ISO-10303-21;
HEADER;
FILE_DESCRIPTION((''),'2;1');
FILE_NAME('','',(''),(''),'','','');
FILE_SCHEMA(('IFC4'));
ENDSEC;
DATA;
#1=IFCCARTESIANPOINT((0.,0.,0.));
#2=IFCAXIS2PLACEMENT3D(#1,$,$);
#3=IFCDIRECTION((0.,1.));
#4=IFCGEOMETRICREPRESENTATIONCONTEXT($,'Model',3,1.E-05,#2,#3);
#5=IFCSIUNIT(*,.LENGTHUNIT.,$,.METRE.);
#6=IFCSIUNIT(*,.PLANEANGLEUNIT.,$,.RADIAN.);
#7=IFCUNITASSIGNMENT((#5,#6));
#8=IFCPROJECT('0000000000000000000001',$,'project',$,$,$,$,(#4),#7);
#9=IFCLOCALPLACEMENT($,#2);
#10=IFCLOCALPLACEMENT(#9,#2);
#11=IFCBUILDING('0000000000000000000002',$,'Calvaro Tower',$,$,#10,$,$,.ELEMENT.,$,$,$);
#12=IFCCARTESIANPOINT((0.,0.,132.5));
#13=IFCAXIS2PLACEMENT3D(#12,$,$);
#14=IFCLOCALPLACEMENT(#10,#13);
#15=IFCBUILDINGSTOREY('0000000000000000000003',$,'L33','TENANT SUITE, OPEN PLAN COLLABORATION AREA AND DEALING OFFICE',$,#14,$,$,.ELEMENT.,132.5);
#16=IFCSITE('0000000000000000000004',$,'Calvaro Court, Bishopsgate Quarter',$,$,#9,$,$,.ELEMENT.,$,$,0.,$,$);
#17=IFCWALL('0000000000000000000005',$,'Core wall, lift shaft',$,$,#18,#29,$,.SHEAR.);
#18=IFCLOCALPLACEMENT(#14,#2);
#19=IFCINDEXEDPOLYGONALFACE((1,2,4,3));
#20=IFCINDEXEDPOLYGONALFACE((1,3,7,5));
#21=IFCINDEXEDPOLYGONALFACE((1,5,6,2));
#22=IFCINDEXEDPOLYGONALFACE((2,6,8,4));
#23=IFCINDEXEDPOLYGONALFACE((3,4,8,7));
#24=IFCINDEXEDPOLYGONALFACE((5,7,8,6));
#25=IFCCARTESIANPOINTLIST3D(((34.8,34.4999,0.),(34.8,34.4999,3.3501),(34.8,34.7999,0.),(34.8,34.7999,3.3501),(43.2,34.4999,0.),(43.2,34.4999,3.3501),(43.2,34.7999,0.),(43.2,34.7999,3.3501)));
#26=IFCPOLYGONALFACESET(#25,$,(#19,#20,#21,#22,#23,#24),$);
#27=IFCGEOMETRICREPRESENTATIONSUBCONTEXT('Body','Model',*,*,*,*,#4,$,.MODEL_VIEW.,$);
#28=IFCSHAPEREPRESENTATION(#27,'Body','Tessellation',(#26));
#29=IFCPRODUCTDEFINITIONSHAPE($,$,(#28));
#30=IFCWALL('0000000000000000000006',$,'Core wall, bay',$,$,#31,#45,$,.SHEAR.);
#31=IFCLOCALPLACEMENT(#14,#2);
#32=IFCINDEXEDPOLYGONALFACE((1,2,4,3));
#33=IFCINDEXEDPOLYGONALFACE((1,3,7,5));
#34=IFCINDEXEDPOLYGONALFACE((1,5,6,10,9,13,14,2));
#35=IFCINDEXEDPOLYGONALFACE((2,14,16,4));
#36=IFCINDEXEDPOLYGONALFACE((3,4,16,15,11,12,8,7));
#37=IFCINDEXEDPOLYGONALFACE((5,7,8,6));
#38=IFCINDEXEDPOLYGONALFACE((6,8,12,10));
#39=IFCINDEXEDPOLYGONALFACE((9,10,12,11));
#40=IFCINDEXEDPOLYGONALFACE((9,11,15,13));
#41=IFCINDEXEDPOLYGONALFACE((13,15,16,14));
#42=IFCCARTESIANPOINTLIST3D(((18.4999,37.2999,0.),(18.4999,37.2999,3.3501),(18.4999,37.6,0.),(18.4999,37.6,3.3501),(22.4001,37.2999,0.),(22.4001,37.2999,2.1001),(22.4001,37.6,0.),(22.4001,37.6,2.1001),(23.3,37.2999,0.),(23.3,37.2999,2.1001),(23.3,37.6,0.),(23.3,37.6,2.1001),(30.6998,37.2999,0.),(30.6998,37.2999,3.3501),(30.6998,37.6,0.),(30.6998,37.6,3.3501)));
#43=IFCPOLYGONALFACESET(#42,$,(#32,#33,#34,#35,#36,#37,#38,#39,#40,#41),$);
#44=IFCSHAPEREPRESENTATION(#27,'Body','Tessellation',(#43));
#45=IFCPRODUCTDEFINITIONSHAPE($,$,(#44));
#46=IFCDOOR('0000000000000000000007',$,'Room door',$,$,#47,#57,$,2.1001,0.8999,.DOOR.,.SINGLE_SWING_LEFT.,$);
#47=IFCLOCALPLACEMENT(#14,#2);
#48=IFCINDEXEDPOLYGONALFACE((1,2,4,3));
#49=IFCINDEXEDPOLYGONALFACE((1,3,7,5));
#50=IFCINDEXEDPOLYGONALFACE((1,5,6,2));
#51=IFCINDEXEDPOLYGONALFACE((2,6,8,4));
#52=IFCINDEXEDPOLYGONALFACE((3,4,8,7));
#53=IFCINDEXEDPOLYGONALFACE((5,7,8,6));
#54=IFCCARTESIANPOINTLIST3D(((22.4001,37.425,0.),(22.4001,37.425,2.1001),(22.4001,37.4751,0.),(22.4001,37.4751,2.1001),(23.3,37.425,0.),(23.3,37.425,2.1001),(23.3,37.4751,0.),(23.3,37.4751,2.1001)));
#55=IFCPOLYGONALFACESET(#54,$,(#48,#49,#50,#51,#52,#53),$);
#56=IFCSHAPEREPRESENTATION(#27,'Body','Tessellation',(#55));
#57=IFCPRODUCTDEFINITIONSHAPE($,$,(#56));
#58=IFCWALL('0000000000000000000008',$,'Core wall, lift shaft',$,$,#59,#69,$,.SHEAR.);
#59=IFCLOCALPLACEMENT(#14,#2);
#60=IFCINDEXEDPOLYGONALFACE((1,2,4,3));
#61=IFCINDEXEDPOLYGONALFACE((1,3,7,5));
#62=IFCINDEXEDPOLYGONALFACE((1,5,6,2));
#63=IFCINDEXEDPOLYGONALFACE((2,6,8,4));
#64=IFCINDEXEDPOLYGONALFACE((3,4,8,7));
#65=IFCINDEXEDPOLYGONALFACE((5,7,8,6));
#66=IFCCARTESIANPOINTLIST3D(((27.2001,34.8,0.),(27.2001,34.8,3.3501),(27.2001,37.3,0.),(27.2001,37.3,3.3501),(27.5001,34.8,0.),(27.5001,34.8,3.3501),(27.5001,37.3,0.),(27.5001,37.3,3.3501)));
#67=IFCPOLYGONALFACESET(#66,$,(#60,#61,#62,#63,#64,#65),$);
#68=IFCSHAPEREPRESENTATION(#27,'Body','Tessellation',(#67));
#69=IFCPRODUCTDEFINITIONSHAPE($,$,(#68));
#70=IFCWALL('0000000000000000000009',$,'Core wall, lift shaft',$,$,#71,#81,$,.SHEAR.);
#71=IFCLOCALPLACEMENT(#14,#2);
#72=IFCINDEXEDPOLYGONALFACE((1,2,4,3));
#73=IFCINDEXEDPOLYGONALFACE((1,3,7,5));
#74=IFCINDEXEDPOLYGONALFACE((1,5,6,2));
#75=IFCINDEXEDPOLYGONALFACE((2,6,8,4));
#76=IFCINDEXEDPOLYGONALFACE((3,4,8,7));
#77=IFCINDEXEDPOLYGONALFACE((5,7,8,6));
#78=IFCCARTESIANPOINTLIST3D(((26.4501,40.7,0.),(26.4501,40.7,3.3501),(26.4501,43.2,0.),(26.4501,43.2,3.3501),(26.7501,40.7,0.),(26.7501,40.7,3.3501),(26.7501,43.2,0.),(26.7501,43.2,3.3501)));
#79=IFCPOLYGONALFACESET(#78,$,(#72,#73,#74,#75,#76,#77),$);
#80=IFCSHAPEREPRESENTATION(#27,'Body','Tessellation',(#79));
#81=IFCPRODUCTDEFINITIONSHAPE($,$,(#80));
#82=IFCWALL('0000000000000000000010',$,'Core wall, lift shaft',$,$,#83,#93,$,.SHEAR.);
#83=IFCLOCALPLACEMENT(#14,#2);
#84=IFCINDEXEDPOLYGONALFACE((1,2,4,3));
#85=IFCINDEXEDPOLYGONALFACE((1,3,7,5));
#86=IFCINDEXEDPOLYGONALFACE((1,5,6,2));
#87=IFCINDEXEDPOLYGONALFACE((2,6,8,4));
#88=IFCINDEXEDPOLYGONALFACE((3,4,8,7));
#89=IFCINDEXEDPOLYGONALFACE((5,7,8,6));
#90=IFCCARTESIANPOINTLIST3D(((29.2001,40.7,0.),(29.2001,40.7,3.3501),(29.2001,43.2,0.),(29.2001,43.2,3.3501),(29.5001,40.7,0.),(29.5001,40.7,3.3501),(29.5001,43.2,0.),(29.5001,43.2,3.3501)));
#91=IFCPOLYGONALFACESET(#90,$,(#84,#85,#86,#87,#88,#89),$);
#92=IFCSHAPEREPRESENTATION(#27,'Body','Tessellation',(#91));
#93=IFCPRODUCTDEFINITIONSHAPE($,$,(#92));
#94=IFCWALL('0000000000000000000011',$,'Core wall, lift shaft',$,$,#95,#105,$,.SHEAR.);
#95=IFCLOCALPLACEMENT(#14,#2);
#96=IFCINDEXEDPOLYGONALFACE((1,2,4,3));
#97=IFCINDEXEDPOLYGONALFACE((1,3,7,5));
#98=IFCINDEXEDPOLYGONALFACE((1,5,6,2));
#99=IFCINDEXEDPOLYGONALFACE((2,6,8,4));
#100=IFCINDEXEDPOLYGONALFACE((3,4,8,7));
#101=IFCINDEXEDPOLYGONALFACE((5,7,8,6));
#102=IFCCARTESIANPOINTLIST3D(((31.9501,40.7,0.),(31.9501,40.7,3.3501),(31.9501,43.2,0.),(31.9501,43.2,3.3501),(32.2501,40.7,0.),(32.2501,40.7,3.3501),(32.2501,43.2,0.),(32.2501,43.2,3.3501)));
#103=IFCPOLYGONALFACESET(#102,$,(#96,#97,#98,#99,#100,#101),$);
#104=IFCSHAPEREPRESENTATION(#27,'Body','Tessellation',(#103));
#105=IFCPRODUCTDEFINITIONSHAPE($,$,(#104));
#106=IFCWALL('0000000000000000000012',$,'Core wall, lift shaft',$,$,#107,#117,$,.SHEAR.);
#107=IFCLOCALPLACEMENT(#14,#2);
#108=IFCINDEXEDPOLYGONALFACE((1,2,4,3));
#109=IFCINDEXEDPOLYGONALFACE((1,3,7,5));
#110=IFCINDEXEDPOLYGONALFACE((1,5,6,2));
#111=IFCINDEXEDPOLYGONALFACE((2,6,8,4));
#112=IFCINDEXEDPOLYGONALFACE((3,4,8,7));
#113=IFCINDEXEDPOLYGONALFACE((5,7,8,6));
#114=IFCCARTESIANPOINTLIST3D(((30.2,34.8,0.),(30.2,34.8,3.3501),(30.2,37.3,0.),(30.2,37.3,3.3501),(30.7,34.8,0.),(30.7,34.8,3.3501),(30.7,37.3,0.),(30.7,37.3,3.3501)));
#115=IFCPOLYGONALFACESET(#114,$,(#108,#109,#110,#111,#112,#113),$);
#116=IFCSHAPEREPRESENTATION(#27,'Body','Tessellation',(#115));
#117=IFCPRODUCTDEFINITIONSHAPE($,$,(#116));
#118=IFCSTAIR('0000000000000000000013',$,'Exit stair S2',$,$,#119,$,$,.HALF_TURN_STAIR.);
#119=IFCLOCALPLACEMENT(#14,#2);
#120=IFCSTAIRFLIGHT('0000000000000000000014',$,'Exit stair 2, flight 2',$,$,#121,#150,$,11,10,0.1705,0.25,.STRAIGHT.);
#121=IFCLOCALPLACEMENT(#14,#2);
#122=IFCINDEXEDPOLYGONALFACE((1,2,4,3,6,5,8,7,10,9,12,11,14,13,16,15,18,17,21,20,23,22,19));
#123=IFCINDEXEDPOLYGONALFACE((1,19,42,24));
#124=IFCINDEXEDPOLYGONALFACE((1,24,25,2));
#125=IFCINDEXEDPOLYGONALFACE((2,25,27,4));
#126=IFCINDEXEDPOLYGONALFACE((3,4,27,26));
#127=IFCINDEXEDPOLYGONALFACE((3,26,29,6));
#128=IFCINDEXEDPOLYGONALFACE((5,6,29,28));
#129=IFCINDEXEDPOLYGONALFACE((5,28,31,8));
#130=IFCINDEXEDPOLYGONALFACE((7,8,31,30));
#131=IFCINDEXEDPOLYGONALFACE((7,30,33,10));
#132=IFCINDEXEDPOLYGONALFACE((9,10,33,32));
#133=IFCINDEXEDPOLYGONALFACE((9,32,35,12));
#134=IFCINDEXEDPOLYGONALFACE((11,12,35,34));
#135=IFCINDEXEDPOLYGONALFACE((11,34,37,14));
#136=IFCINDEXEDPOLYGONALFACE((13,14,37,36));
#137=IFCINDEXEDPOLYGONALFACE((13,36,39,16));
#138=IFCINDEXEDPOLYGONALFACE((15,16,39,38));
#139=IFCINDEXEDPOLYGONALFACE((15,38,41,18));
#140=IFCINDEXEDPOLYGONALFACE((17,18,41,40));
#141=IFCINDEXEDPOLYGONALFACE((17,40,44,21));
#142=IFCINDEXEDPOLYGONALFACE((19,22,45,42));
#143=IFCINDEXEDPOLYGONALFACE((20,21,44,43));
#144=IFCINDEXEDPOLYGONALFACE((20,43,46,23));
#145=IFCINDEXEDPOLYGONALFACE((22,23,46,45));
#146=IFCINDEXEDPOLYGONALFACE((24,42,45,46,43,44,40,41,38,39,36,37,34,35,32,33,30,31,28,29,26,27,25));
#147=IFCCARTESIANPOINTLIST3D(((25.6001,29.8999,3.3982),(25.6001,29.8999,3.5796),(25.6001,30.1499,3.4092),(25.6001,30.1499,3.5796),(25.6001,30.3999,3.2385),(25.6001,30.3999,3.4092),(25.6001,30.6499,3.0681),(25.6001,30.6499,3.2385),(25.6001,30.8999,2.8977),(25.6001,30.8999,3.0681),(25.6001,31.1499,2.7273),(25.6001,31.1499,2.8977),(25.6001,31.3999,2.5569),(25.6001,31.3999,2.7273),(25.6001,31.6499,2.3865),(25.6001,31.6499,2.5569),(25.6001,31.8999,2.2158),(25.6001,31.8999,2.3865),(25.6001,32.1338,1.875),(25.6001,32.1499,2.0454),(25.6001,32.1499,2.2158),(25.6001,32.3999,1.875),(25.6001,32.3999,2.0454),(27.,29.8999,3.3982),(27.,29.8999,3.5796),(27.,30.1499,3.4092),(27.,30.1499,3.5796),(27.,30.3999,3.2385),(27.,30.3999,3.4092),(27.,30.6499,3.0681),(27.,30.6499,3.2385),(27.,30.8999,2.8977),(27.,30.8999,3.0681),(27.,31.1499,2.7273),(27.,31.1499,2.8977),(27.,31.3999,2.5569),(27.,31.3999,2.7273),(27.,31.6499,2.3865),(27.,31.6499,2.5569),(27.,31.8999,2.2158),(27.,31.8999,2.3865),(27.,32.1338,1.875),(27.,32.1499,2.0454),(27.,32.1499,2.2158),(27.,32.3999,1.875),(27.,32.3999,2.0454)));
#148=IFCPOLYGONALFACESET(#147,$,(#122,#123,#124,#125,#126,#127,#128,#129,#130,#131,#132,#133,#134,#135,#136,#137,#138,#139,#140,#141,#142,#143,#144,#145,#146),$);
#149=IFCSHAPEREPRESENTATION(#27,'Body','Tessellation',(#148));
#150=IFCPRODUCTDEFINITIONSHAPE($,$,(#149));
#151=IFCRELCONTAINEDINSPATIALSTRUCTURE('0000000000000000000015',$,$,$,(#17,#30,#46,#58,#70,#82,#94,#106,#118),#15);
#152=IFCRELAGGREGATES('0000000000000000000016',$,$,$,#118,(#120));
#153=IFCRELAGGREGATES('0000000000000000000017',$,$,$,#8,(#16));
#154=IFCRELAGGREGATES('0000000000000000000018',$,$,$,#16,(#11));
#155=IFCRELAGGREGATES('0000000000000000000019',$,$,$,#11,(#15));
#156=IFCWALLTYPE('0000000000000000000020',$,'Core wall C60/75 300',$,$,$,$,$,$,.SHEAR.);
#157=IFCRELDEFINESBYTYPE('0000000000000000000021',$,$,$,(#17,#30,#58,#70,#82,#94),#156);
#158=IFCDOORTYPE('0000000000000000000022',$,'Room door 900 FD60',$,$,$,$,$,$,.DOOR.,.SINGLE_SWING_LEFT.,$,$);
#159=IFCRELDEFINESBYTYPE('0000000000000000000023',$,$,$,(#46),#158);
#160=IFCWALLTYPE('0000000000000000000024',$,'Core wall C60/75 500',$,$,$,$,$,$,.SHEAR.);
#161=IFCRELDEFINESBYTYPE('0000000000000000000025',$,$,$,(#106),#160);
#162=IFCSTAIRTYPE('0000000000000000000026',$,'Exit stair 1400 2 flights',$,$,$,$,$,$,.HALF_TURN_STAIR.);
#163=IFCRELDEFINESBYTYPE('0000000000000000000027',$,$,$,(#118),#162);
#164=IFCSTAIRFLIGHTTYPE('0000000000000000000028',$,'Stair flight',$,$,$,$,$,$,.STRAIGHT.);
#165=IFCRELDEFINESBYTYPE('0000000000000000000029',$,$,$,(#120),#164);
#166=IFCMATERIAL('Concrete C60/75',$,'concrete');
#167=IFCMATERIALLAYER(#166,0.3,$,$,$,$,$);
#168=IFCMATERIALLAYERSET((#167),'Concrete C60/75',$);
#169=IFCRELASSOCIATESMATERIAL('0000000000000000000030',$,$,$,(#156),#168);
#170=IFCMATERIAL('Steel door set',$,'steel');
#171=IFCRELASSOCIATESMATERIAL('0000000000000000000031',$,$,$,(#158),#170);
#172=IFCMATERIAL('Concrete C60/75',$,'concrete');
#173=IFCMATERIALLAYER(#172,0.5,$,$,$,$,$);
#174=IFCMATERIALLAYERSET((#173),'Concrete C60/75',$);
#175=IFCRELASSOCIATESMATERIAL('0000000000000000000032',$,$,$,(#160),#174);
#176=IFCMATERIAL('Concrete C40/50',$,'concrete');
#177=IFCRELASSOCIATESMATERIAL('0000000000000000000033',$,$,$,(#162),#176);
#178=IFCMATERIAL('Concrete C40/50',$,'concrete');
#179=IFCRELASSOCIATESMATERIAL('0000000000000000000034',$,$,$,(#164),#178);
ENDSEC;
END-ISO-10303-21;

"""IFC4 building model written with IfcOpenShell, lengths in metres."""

from ifc_helpers import new_model, si_unit, direction, frame, frame_2d, origin, place, context, subcontext, project, spatial, polyline, rectangle, outline, extrude, material, layer, layer_set, type_object, element, fill, aggregate, save


model = new_model("IFC4")

# Units and contexts
model_context = context("Model", 3, precision=1e-05, world=origin(), true_north=direction((0.0, 1.0)))
body_context = subcontext(model_context, "Body", "Model", "MODEL_VIEW")
ifc_project = project(units=[si_unit("LENGTHUNIT", "METRE"), si_unit("PLANEANGLEUNIT", "RADIAN")], contexts=[model_context])

# Site, building, storey
site_placement = place(None, origin())
site = spatial("IfcSite", under=ifc_project, at=site_placement, Name="Calvaro Court, Bishopsgate Quarter", CompositionType="ELEMENT", RefElevation=0.0)
building_placement = place(site_placement, origin())
building = spatial("IfcBuilding", under=site, at=building_placement, Name="Calvaro Tower", CompositionType="ELEMENT")
storey_placement = place(building_placement, frame((0.0, 0.0, 132.5)))
storey = spatial("IfcBuildingStorey", under=building, at=storey_placement, Name="L33", Description="TENANT SUITE, OPEN PLAN COLLABORATION AREA AND DEALING OFFICE", CompositionType="ELEMENT", Elevation=132.5)

# Wall
ifc_material_1 = material(Name="Concrete C60/75", Category="concrete")
ifc_layer_1 = layer(ifc_material_1, 0.3)
ifc_layer_set_1 = layer_set([ifc_layer_1], Name="Concrete C60/75")
wall_type_1 = type_object("IfcWallType", Name="Core wall C60/75 300", PredefinedType="SHEAR", material=ifc_layer_set_1)
wall_1_placement = place(storey_placement, frame((34.8, 34.6499, 0.0), z_axis=(0.0, 0.0, 1.0), x_axis=(1.0, 0.0, 0.0)))
element("IfcWall", 1, at=wall_1_placement, inside=storey, type_object=wall_type_1, Name="Core wall, lift shaft", PredefinedType="SHEAR", context=body_context, shape_type="SweptSolid", body=[
    extrude(rectangle(XDim=8.3999, YDim=0.3, at=frame_2d((4.2, 0.0))), origin(), (0.0, 0.0, 1.0), 3.3501),
])

# Wall, opening, door
wall_2_placement = place(storey_placement, frame((30.7, 37.45, 0.0), z_axis=(0.0, 0.0, 1.0), x_axis=(-1.0, 0.0, 0.0)))
wall_2 = element("IfcWall", 2, at=wall_2_placement, inside=storey, type_object=wall_type_1, Name="Core wall, bay", PredefinedType="SHEAR", context=body_context, shape_type="SweptSolid", body=[
    extrude(rectangle(XDim=12.2, YDim=0.3, at=frame_2d((6.1001, 0.0))), origin(), (0.0, 0.0, 1.0), 3.3501),
])
opening_placement = place(wall_2_placement, frame((7.3999, 0.0, 0.0)))
opening = element("IfcOpeningElement", 3, at=opening_placement, cuts=wall_2, PredefinedType="OPENING", context=body_context, shape_type="SweptSolid", body=[
    extrude(rectangle(XDim=0.8999, YDim=2.1001, at=frame_2d((0.45, 1.05))), frame((0.0, 0.1599, 0.0), z_axis=(0.0, -1.0, 0.0), x_axis=(1.0, 0.0, 0.0)), (0.0, 0.0, 1.0), 0.3201),
])
ifc_material_2 = material(Name="Steel door set", Category="steel")
door_type = type_object("IfcDoorType", Name="Room door 900 FD60", OperationType="SINGLE_SWING_LEFT", PredefinedType="DOOR", material=ifc_material_2)
door_placement = place(opening_placement, origin())
door = element("IfcDoor", 4, at=door_placement, inside=storey, type_object=door_type, Name="Room door", OperationType="SINGLE_SWING_LEFT", OverallHeight=2.1001, OverallWidth=0.8999, PredefinedType="DOOR", context=body_context, shape_type="SweptSolid", body=[
    extrude(rectangle(XDim=0.8999, YDim=2.1001, at=frame_2d((0.45, 1.05))), frame((0.0, 0.0249, 0.0), z_axis=(0.0, -1.0, 0.0), x_axis=(1.0, 0.0, 0.0)), (0.0, 0.0, 1.0), 0.05),
])
fill(opening, door)

# Walls
for number, where, z_axis, x_axis, name in (
    (5, (27.3501, 34.8, 0.0), (0.0, 0.0, 1.0), (0.0, 1.0, 0.0), "Core wall, lift shaft"),
    (6, (26.6001, 40.7, 0.0), (0.0, 0.0, 1.0), (0.0, 1.0, 0.0), "Core wall, lift shaft"),
    (7, (29.3501, 40.7, 0.0), (0.0, 0.0, 1.0), (0.0, 1.0, 0.0), "Core wall, lift shaft"),
    (8, (32.1001, 40.7, 0.0), (0.0, 0.0, 1.0), (0.0, 1.0, 0.0), "Core wall, lift shaft"),
):
    element("IfcWall", number, at=place(storey_placement, frame(where, z_axis=z_axis, x_axis=x_axis)), inside=storey, type_object=wall_type_1, Name=name, PredefinedType="SHEAR", context=body_context, shape_type="SweptSolid", body=[
        extrude(rectangle(XDim=2.5, YDim=0.3, at=frame_2d((1.25, 0.0))), origin(), (0.0, 0.0, 1.0), 3.3501),
    ])
ifc_material_3 = material(Name="Concrete C60/75", Category="concrete")
ifc_layer_2 = layer(ifc_material_3, 0.5)
ifc_layer_set_2 = layer_set([ifc_layer_2], Name="Concrete C60/75")
wall_type_2 = type_object("IfcWallType", Name="Core wall C60/75 500", PredefinedType="SHEAR", material=ifc_layer_set_2)
wall_3_placement = place(storey_placement, frame((30.45, 34.8, 0.0), z_axis=(0.0, 0.0, 1.0), x_axis=(0.0, 1.0, 0.0)))
element("IfcWall", 9, at=wall_3_placement, inside=storey, type_object=wall_type_2, Name="Core wall, lift shaft", PredefinedType="SHEAR", context=body_context, shape_type="SweptSolid", body=[
    extrude(rectangle(XDim=2.5, YDim=0.5, at=frame_2d((1.25, 0.0))), origin(), (0.0, 0.0, 1.0), 3.3501),
])

# Stair, stair flight
ifc_material_4 = material(Name="Concrete C40/50", Category="concrete")
stair_type = type_object("IfcStairType", Name="Exit stair 1400 2 flights", PredefinedType="HALF_TURN_STAIR", material=ifc_material_4)
stair_placement = place(storey_placement, origin())
stair = element("IfcStair", 10, at=stair_placement, inside=storey, type_object=stair_type, Name="Exit stair S2", PredefinedType="HALF_TURN_STAIR")
ifc_material_5 = material(Name="Concrete C40/50", Category="concrete")
stair_flight_type = type_object("IfcStairFlightType", Name="Stair flight", PredefinedType="STRAIGHT", material=ifc_material_5)
stair_flight_placement = place(storey_placement, frame((26.3, 32.3999, 1.875), z_axis=(0.0, 0.0, 1.0), x_axis=(0.0, -1.0, 0.0)))
stair_flight = element("IfcStairFlight", 11, at=stair_flight_placement, type_object=stair_flight_type, Name="Exit stair 2, flight 2", NumberOfRisers=11, NumberOfTreads=10, PredefinedType="STRAIGHT", RiserHeight=0.1705, TreadLength=0.25, context=body_context, shape_type="SweptSolid", body=[
    extrude(outline(polyline([(0.0, 0.0), (0.0, 0.1704), (0.25, 0.1704), (0.25, 0.3408), (0.5, 0.3408), (0.5, 0.5115), (0.75, 0.5115), (0.75, 0.6819), (1.0, 0.6819), (1.0, 0.8523), (1.25, 0.8523), (1.25, 1.0227), (1.5, 1.0227), (1.5, 1.1931), (1.75, 1.1931), (1.75, 1.3635), (2.0, 1.3635), (2.0, 1.5342), (2.25, 1.5342), (2.25, 1.7046), (2.5, 1.7046), (2.5, 1.875), (2.5, 1.5232), (0.2661, 0.0), (0.0, 0.0)])), frame((0.0, 0.7, 0.0), z_axis=(0.0, -1.0, 0.0), x_axis=(1.0, 0.0, 0.0)), (0.0, 0.0, 1.0), 1.3999),
])
aggregate(stair, [stair_flight])

save(model, "model.ifc")
